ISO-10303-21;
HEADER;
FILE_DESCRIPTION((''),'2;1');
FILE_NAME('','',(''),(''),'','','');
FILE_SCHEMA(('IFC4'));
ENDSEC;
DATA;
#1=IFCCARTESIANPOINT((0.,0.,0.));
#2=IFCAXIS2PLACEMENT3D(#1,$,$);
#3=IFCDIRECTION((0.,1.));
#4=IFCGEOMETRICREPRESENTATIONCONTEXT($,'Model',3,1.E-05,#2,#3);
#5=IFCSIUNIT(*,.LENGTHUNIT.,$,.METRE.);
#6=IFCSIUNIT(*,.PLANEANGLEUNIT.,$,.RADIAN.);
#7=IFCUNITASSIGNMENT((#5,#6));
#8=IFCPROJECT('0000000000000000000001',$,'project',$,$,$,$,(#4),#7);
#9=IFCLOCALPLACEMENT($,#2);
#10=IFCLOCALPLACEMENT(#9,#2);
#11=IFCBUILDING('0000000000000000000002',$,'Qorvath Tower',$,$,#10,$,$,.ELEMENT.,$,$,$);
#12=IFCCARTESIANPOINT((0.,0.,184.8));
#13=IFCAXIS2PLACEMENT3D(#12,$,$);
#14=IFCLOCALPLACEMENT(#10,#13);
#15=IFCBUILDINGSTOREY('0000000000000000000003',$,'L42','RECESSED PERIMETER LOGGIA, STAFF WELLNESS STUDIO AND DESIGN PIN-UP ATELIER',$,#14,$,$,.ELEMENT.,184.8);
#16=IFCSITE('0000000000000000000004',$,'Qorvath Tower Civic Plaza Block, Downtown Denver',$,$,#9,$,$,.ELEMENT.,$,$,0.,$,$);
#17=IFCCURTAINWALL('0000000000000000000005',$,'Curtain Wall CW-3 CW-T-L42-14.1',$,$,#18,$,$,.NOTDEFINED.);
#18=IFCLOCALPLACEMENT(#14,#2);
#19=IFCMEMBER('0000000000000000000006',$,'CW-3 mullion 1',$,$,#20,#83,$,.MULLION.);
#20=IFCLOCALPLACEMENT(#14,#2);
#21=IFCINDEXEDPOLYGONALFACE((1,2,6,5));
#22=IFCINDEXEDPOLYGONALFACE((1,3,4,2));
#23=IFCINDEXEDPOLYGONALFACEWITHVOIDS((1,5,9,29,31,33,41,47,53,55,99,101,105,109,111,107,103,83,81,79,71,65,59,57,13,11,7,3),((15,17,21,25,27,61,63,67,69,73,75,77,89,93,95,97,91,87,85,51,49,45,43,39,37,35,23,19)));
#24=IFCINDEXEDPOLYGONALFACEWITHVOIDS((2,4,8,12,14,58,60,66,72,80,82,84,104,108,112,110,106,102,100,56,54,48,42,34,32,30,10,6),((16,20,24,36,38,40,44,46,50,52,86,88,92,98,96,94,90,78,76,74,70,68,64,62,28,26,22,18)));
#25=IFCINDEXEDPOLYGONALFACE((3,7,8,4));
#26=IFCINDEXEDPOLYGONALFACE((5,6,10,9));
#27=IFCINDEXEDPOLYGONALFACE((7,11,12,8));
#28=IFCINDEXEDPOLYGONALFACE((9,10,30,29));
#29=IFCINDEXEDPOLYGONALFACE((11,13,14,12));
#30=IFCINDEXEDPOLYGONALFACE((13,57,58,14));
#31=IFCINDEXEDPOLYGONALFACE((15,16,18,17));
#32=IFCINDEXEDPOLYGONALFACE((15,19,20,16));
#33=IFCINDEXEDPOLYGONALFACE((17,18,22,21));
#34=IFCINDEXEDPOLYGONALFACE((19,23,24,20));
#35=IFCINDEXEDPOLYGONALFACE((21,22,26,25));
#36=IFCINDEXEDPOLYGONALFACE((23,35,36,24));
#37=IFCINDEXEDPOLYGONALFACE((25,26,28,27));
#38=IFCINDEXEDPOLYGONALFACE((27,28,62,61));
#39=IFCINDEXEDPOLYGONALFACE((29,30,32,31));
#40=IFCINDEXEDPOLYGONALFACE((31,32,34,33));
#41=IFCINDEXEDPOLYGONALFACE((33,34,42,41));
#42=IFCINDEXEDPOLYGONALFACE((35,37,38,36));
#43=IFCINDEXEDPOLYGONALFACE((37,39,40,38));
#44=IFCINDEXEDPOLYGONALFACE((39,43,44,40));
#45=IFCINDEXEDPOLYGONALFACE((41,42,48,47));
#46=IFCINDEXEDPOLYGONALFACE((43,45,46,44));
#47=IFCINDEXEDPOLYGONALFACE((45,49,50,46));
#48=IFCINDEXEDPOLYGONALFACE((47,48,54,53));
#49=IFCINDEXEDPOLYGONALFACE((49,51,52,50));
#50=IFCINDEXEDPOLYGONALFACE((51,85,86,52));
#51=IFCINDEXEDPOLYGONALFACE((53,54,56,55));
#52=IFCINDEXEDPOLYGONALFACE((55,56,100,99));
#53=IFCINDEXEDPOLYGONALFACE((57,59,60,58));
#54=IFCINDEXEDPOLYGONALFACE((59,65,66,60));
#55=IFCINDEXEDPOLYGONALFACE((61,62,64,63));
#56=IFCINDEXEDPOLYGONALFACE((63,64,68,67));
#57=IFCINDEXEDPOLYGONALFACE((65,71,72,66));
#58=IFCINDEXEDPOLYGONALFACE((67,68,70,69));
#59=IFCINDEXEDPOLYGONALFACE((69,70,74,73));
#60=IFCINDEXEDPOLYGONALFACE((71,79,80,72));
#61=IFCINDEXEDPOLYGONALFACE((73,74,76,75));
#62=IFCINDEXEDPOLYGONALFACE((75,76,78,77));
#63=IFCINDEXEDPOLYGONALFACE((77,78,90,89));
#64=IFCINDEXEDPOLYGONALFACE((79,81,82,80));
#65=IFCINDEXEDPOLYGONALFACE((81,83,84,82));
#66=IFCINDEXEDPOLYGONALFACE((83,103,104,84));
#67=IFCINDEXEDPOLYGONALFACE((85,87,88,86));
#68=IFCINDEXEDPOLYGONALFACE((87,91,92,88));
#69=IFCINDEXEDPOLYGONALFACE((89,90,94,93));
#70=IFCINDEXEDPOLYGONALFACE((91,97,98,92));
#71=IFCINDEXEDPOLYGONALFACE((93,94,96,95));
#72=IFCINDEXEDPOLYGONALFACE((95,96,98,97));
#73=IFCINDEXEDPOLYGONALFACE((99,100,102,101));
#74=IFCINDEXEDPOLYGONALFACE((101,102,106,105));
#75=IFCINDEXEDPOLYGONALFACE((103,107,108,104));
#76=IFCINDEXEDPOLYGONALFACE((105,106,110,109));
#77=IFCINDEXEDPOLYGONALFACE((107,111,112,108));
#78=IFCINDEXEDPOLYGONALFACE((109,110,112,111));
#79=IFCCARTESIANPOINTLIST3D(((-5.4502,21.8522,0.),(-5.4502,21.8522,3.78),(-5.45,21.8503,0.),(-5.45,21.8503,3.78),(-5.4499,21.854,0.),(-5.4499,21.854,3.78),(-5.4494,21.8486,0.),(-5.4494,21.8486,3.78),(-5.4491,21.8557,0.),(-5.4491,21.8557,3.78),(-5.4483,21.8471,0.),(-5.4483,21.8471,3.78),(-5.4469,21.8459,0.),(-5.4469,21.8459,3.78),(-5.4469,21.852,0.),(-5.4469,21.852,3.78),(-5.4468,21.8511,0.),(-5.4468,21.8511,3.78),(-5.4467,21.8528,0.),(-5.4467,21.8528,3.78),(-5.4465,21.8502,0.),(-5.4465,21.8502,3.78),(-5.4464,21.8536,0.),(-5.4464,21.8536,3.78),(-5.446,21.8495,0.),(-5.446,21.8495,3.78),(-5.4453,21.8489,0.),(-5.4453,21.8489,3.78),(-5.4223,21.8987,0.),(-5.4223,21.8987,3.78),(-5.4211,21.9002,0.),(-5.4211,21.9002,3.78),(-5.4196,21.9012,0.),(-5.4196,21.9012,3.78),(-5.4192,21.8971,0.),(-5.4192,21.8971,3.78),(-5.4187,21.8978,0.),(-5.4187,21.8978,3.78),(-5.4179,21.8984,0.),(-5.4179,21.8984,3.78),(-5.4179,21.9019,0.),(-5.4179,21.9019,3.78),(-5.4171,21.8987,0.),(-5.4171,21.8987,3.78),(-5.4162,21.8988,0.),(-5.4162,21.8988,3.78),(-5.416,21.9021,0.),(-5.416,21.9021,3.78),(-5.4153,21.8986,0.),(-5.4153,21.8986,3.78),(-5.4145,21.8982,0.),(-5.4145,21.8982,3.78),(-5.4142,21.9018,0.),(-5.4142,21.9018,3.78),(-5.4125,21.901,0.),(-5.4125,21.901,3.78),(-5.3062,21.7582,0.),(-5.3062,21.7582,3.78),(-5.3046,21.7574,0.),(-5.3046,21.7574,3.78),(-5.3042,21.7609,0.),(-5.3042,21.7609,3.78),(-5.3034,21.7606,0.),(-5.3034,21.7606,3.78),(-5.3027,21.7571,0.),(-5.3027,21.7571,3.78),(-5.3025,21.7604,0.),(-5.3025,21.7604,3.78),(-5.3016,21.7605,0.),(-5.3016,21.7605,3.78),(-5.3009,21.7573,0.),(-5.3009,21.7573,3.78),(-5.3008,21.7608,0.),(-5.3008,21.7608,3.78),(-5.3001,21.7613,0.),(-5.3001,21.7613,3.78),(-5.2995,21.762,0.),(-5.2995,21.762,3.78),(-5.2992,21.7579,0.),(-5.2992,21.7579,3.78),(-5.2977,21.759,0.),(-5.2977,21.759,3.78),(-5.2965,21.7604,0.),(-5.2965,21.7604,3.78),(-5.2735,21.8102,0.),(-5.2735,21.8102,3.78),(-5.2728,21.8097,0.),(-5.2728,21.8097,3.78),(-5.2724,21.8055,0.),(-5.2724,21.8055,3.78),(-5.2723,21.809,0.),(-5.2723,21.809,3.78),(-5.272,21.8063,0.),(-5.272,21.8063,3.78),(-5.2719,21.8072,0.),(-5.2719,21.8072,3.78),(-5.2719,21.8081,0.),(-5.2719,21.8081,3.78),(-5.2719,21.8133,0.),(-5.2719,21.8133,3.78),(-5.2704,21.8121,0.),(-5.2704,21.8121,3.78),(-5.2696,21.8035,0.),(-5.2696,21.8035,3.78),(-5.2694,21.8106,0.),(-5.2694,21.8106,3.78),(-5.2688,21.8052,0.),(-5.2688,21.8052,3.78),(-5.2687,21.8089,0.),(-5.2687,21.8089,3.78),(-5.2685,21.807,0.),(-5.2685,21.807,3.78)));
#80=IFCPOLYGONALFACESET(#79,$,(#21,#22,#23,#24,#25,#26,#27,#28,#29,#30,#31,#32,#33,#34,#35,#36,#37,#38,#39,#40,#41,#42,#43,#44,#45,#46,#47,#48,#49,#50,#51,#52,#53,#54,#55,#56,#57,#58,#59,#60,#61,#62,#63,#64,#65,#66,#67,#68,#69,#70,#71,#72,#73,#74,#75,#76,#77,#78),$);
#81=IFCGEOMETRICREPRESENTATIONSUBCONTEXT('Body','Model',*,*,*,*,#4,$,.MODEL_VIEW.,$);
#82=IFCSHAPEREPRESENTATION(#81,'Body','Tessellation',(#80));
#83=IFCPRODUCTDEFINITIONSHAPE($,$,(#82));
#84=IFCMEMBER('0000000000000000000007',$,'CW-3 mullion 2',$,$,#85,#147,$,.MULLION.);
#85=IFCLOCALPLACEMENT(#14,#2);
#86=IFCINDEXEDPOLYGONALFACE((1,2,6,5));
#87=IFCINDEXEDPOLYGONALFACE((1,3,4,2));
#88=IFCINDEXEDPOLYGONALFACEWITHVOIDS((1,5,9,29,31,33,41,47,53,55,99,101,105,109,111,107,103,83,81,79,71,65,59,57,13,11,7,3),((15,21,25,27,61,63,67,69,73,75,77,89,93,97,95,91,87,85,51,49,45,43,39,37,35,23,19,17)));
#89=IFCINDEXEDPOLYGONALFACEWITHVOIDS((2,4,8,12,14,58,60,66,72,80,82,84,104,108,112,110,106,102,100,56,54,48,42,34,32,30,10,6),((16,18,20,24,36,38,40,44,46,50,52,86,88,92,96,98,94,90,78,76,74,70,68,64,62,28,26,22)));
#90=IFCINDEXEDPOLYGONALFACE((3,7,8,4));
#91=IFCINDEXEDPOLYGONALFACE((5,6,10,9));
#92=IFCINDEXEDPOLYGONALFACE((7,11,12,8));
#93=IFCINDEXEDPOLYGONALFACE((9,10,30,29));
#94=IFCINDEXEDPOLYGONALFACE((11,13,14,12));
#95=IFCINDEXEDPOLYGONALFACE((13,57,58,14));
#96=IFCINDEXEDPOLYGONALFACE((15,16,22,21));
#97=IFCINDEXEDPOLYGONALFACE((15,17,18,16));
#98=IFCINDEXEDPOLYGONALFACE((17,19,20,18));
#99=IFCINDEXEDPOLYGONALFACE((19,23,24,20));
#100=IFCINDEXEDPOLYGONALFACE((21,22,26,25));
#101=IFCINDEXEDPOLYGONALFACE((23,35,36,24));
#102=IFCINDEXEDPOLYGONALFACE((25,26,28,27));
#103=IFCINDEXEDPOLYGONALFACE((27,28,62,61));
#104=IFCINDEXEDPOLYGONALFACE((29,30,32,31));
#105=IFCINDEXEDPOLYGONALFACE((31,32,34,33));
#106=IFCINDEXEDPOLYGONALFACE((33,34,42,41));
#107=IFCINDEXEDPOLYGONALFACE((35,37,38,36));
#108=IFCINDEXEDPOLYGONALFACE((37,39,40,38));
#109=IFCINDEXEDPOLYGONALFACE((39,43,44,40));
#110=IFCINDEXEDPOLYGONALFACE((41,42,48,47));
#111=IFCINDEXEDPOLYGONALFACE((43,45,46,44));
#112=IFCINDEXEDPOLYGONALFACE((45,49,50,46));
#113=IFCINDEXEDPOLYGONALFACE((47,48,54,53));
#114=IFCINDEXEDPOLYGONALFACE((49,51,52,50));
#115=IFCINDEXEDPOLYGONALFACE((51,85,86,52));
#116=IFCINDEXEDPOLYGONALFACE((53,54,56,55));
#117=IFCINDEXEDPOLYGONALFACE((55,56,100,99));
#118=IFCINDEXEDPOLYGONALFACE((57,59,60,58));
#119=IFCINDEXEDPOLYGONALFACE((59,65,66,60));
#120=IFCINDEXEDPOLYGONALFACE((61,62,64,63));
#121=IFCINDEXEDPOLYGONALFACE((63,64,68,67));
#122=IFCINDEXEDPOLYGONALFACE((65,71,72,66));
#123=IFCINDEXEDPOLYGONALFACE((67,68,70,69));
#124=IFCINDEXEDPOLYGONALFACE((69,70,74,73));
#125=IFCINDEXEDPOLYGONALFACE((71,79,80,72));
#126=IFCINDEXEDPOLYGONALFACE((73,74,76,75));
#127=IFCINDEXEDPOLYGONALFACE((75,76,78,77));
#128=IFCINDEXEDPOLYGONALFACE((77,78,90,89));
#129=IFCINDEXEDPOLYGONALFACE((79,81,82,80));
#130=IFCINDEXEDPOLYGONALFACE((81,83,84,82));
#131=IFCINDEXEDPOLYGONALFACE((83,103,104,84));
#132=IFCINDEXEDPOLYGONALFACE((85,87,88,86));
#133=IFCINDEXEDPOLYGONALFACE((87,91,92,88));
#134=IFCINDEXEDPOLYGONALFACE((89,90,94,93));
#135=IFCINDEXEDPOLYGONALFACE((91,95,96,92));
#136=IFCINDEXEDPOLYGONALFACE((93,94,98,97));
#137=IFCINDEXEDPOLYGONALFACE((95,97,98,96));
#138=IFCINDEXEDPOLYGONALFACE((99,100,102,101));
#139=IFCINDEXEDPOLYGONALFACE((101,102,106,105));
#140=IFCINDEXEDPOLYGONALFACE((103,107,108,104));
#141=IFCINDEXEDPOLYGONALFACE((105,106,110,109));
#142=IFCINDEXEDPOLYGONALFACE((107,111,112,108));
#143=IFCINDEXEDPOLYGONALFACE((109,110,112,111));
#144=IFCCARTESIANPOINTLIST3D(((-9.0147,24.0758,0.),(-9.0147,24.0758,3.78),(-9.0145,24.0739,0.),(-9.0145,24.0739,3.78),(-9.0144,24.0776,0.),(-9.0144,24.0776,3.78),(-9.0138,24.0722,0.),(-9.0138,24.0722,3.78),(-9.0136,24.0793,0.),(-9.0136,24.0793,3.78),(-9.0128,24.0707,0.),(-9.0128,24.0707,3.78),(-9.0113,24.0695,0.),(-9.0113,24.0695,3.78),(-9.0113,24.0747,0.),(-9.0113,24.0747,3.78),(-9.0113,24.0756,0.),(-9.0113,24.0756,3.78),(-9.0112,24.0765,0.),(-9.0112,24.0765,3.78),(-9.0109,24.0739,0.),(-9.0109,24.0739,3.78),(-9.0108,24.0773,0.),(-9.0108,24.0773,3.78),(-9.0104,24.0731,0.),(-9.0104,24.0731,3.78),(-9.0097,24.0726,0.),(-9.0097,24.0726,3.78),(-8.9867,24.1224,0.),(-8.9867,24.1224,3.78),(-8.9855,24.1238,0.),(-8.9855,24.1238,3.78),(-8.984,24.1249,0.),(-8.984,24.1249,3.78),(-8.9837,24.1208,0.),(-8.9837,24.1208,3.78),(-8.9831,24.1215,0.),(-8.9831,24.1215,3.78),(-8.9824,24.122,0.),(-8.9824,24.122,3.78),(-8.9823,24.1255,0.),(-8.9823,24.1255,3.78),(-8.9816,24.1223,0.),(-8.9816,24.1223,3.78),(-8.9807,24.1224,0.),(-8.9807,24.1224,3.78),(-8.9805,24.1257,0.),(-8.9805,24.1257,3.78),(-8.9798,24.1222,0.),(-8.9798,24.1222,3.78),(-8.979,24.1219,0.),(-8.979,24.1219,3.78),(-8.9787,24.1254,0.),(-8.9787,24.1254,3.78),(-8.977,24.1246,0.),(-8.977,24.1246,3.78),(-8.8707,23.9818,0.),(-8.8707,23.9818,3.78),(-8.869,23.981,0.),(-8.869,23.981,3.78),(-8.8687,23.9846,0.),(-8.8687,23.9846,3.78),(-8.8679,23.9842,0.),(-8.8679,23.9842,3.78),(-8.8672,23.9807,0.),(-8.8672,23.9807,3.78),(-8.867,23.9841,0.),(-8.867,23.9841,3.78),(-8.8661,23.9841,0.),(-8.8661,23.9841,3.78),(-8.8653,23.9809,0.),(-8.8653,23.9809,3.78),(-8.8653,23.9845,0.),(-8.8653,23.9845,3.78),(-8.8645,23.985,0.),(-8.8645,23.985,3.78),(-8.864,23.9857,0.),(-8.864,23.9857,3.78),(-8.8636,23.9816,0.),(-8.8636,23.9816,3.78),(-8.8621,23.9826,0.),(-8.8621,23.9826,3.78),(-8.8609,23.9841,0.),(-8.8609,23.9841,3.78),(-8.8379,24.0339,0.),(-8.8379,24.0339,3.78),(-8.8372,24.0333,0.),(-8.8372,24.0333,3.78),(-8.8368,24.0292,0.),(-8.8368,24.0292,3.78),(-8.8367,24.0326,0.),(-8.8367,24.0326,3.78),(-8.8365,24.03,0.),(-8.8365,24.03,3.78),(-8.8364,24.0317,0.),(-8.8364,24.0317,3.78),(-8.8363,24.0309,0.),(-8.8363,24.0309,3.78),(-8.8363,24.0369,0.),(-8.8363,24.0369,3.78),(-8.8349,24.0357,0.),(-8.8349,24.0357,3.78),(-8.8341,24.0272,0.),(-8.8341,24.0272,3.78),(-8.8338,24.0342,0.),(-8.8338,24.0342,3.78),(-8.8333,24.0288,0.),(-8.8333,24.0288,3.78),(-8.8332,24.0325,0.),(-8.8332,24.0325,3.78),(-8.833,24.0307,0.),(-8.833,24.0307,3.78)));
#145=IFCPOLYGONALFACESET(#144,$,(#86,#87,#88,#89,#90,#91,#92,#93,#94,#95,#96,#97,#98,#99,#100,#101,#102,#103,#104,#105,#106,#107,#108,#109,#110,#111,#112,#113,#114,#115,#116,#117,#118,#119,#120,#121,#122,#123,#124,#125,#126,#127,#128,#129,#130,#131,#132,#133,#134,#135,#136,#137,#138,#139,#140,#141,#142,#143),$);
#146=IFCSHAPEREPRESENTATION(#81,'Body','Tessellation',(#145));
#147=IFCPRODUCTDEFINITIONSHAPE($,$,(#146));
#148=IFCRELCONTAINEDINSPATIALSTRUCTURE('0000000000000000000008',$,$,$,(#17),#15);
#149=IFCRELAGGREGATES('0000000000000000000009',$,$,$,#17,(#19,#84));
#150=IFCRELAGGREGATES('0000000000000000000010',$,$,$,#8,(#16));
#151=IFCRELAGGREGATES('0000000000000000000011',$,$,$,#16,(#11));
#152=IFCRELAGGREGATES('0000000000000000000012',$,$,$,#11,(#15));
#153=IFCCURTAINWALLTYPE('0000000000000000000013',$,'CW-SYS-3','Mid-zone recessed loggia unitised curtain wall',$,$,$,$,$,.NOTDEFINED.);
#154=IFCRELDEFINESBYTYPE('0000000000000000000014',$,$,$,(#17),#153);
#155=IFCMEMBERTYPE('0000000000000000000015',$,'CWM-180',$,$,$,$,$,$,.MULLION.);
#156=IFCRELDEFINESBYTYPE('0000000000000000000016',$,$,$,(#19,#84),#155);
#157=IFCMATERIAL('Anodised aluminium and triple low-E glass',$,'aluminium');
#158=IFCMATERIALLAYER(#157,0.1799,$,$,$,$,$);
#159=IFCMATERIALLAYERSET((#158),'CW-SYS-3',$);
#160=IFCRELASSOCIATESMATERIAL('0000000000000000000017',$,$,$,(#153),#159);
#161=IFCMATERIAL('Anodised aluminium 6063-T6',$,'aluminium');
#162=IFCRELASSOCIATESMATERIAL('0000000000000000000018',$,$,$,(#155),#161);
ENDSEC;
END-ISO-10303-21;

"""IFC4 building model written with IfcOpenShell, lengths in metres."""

from ifc_helpers import new_model, si_unit, direction, frame, origin, origin_2d, place, context, subcontext, project, spatial, hollow_rectangle, extrude, material, layer, layer_set, material_profile, profile_set, type_object, element, aggregate, save


model = new_model("IFC4")

# Units and contexts
model_context = context("Model", 3, precision=1e-05, world=origin(), true_north=direction((0.0, 1.0)))
body_context = subcontext(model_context, "Body", "Model", "MODEL_VIEW")
ifc_project = project(units=[si_unit("LENGTHUNIT", "METRE"), si_unit("PLANEANGLEUNIT", "RADIAN")], contexts=[model_context])

# Site, building, storey
site_placement = place(None, origin())
site = spatial("IfcSite", under=ifc_project, at=site_placement, Name="Qorvath Tower Civic Plaza Block, Downtown Denver", CompositionType="ELEMENT", RefElevation=0.0)
building_placement = place(site_placement, origin())
building = spatial("IfcBuilding", under=site, at=building_placement, Name="Qorvath Tower", CompositionType="ELEMENT")
storey_placement = place(building_placement, frame((0.0, 0.0, 184.8)))
storey = spatial("IfcBuildingStorey", under=building, at=storey_placement, Name="L42", Description="RECESSED PERIMETER LOGGIA, STAFF WELLNESS STUDIO AND DESIGN PIN-UP ATELIER", CompositionType="ELEMENT", Elevation=184.8)

# Shared definitions
ifc_material_1 = material(Name="Anodised aluminium and triple low-E glass", Category="aluminium")
ifc_layer_1 = layer(ifc_material_1, 0.1799)
ifc_layer_set_1 = layer_set([ifc_layer_1], Name="CW-SYS-3")
curtain_wall_type = type_object("IfcCurtainWallType", Name="CW-SYS-3", Description="Mid-zone recessed loggia unitised curtain wall", PredefinedType="NOTDEFINED", material=ifc_layer_set_1)
ifc_material_2 = material(Name="Anodised aluminium 6063-T6", Category="aluminium")
ifc_material_profile_1 = material_profile(ifc_material_2, hollow_rectangle(XDim=0.0649, YDim=0.1799, WallThickness=0.0034, InnerFilletRadius=0.0034, OuterFilletRadius=0.0071, at=origin_2d()), Name="CWM 180x65")
ifc_profile_set_1 = profile_set([ifc_material_profile_1], Name="Anodised aluminium 6063-T6")
member_type_1 = type_object("IfcMemberType", Name="CWM-180", PredefinedType="MULLION", material=ifc_profile_set_1)

# Curtain wall, members
curtain_wall_1_placement = place(storey_placement, origin())
curtain_wall_1 = element("IfcCurtainWall", 1, at=curtain_wall_1_placement, inside=storey, type_object=curtain_wall_type, Name="Curtain Wall CW-3 CW-T-L42-14.1", PredefinedType="NOTDEFINED")
member_1_placement = place(storey_placement, frame((-5.3594, 21.8296, 0.0), z_axis=(0.0, 0.0, 1.0), x_axis=(-0.529252, -0.848464, 0.0)))
member_1 = element("IfcMember", 2, at=member_1_placement, type_object=member_type_1, Name="CW-3 mullion 1", PredefinedType="MULLION", context=body_context, shape_type="SweptSolid", body=[
    extrude(hollow_rectangle(XDim=0.0649, YDim=0.1799, WallThickness=0.0034, InnerFilletRadius=0.0034, OuterFilletRadius=0.0071, at=origin_2d()), origin(), (0.0, 0.0, 1.0), 3.78),
])
member_2_placement = place(storey_placement, frame((-8.9238, 24.0532, 0.0), z_axis=(0.0, 0.0, 1.0), x_axis=(-0.529252, -0.848464, 0.0)))
member_2 = element("IfcMember", 3, at=member_2_placement, type_object=member_type_1, Name="CW-3 mullion 2", PredefinedType="MULLION", context=body_context, shape_type="SweptSolid", body=[
    extrude(hollow_rectangle(XDim=0.0649, YDim=0.1799, WallThickness=0.0034, InnerFilletRadius=0.0034, OuterFilletRadius=0.0071, at=origin_2d()), origin(), (0.0, 0.0, 1.0), 3.78),
])

aggregate(curtain_wall_1, [member_1, member_2])

save(model, "model.ifc")
